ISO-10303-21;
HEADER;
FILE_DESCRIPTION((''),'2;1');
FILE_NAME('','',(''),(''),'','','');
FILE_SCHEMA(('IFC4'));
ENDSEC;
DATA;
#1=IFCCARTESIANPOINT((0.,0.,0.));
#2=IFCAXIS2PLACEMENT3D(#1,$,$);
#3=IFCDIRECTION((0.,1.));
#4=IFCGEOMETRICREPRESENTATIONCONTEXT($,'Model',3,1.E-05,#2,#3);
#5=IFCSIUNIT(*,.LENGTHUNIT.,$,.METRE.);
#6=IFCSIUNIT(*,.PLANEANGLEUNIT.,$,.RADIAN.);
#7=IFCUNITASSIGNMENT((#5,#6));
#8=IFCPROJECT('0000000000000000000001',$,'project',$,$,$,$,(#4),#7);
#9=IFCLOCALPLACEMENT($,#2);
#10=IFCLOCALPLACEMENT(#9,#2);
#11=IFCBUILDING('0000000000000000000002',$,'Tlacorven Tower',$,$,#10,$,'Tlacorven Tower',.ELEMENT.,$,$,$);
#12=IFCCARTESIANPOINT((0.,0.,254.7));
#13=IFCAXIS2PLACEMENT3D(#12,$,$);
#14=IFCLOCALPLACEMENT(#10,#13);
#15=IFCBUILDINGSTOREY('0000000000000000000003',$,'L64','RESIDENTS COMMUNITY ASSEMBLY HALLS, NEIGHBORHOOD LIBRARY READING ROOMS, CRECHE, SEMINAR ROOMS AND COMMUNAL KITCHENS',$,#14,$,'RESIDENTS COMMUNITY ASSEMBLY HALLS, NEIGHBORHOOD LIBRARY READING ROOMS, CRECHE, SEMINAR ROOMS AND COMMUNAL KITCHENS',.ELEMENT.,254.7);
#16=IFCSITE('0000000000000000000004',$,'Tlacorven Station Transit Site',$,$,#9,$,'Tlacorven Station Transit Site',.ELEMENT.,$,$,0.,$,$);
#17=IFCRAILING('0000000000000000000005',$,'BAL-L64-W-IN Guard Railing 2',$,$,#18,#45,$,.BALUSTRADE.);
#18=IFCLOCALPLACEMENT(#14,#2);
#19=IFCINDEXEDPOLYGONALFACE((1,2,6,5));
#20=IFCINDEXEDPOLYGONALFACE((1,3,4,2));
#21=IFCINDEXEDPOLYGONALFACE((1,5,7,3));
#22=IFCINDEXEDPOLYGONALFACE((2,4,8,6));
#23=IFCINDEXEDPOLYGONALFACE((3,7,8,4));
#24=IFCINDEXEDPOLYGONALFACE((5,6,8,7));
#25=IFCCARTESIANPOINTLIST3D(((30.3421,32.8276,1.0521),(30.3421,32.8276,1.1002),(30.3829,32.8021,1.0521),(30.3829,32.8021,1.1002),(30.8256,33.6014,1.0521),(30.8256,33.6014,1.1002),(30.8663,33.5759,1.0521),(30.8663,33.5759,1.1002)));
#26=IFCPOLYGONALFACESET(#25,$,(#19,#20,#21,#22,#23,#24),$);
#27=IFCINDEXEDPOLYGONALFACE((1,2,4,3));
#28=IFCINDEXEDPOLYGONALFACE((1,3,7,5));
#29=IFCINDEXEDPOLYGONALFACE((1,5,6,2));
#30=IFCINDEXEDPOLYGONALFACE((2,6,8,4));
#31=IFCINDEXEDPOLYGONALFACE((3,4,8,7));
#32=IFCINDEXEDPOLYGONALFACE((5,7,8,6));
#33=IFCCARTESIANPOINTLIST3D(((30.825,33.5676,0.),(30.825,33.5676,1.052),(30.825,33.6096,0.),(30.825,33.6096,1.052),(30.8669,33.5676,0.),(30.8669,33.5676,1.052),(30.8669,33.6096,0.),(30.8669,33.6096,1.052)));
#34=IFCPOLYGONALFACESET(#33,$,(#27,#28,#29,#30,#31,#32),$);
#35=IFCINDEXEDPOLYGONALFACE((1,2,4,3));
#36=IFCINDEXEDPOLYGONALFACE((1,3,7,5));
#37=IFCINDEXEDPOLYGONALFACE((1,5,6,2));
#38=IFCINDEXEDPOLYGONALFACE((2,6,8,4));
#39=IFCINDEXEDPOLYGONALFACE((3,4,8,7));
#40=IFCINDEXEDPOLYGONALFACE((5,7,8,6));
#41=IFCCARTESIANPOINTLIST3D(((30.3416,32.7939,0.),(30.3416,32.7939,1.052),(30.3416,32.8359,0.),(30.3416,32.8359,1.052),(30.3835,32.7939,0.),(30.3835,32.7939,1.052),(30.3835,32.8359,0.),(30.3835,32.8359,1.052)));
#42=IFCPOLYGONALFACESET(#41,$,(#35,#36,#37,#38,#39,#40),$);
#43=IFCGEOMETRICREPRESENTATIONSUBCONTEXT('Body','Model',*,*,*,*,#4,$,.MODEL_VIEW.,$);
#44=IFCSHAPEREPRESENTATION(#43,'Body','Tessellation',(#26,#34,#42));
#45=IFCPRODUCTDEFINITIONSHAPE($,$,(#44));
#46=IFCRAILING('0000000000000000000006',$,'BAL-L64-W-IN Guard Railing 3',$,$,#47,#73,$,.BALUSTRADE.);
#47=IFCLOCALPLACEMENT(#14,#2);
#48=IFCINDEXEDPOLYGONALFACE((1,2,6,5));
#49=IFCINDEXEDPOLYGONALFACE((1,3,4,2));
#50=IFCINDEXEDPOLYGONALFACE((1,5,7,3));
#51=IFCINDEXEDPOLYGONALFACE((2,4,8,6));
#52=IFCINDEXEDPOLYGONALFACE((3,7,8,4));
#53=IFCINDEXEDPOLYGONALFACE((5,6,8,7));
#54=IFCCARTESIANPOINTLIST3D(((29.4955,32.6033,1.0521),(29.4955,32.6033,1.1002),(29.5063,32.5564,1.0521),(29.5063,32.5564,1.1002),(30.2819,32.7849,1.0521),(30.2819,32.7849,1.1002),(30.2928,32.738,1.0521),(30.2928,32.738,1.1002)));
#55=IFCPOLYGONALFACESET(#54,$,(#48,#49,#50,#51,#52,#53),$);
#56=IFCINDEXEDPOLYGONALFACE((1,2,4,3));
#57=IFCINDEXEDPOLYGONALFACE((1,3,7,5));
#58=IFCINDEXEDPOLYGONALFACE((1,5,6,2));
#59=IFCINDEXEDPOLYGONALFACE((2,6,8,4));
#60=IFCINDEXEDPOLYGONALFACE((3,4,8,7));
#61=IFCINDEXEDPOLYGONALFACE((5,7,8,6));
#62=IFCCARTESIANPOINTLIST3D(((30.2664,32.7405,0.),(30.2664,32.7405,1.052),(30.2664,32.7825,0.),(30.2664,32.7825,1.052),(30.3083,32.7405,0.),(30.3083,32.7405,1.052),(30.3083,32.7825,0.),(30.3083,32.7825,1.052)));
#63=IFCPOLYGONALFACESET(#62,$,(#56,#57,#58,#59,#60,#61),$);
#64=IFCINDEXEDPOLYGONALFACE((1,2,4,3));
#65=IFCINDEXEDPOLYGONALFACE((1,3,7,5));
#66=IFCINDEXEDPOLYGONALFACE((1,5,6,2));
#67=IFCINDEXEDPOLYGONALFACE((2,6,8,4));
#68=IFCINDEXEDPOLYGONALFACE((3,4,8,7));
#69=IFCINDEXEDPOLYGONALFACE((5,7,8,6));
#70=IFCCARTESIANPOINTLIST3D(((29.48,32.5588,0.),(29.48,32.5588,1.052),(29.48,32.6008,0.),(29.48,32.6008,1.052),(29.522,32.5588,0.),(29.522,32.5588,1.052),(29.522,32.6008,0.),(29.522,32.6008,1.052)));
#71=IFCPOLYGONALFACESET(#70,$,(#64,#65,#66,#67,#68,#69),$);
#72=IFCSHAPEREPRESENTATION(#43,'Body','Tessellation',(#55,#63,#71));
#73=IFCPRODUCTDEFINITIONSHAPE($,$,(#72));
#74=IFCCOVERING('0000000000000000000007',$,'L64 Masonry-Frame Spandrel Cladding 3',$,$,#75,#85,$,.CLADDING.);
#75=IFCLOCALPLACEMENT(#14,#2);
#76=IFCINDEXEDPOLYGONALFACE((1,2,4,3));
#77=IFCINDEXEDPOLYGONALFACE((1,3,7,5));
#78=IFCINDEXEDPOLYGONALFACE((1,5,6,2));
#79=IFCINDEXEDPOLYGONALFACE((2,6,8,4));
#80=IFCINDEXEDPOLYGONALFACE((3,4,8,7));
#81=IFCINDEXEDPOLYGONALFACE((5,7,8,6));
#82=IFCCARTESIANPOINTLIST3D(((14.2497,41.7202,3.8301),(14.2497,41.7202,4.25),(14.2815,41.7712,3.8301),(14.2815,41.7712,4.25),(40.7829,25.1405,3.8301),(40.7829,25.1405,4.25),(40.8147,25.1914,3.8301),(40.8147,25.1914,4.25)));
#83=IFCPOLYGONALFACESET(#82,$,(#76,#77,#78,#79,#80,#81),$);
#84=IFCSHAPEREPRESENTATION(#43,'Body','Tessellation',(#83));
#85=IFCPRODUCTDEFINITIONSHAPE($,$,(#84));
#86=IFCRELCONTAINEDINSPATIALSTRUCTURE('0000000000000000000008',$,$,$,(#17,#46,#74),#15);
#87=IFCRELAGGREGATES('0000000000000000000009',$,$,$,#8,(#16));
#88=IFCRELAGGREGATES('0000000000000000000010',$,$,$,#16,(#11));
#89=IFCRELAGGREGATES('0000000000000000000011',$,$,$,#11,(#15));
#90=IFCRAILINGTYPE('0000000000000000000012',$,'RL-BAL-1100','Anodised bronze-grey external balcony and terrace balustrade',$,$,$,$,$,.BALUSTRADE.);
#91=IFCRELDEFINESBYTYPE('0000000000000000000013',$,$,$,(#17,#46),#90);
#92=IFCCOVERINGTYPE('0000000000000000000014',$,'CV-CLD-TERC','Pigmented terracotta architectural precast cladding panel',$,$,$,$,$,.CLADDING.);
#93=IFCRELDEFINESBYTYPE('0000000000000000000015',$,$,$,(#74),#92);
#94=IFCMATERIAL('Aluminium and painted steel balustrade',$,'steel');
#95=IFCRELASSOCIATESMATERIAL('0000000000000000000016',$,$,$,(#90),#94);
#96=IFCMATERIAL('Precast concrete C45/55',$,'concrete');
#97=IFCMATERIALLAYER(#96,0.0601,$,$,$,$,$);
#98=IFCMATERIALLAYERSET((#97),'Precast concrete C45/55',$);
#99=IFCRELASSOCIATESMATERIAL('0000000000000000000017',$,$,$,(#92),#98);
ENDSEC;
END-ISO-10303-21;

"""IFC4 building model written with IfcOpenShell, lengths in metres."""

from ifc_helpers import new_model, si_unit, direction, frame, origin, origin_2d, place, context, subcontext, project, spatial, rectangle, extrude, source, transform, mapped, material, layer, layer_set, type_object, element, save


model = new_model("IFC4")

# Units and contexts
model_context = context("Model", 3, precision=1e-05, world=origin(), true_north=direction((0.0, 1.0)))
body_context = subcontext(model_context, "Body", "Model", "MODEL_VIEW")
ifc_project = project(units=[si_unit("LENGTHUNIT", "METRE"), si_unit("PLANEANGLEUNIT", "RADIAN")], contexts=[model_context])

# Site, building, storey
site_placement = place(None, origin())
site = spatial("IfcSite", under=ifc_project, at=site_placement, Name="Tlacorven Station Transit Site", LongName="Tlacorven Station Transit Site", CompositionType="ELEMENT", RefElevation=0.0)
building_placement = place(site_placement, origin())
building = spatial("IfcBuilding", under=site, at=building_placement, Name="Tlacorven Tower", LongName="Tlacorven Tower", CompositionType="ELEMENT")
storey_placement = place(building_placement, frame((0.0, 0.0, 254.7)))
storey = spatial("IfcBuildingStorey", under=building, at=storey_placement, Name="L64", Description="RESIDENTS COMMUNITY ASSEMBLY HALLS, NEIGHBORHOOD LIBRARY READING ROOMS, CRECHE, SEMINAR ROOMS AND COMMUNAL KITCHENS", LongName="RESIDENTS COMMUNITY ASSEMBLY HALLS, NEIGHBORHOOD LIBRARY READING ROOMS, CRECHE, SEMINAR ROOMS AND COMMUNAL KITCHENS", CompositionType="ELEMENT", Elevation=254.7)

# Railings
ifc_material_1 = material(Name="Aluminium and painted steel balustrade", Category="steel")
railing_type = type_object("IfcRailingType", Name="RL-BAL-1100", Description="Anodised bronze-grey external balcony and terrace balustrade", PredefinedType="BALUSTRADE", material=ifc_material_1)
shared_shape_1 = source(origin(), body_context, "Body", "SweptSolid", [
    extrude(rectangle(XDim=0.0481, YDim=0.0481, at=origin_2d()), frame((0.0, 0.0, 1.0762), z_axis=(-0.529879, -0.848073, 0.0), x_axis=(0.848073, -0.529879, 0.0)), (0.0, 0.0, 1.0), 0.9124),
    extrude(rectangle(XDim=0.042, YDim=0.042, at=origin_2d()), origin(), (0.0, 0.0, 1.0), 1.052),
    extrude(rectangle(XDim=0.042, YDim=0.042, at=origin_2d()), frame((-0.4834, -0.7737, 0.0)), (0.0, 0.0, 1.0), 1.052),
])
railing_1_placement = place(storey_placement, frame((30.8459, 33.5886, 0.0)))
element("IfcRailing", 1, at=railing_1_placement, inside=storey, type_object=railing_type, Name="BAL-L64-W-IN Guard Railing 2", PredefinedType="BALUSTRADE", context=body_context, shape_type="MappedRepresentation", body=[
    mapped(shared_shape_1, transform((0.0, 0.0, 0.0), scale=1.0)),
])
shared_shape_2 = source(origin(), body_context, "Body", "SweptSolid", [
    extrude(rectangle(XDim=0.0481, YDim=0.0481, at=origin_2d()), frame((0.0, 0.0, 1.0762), z_axis=(-0.974345, -0.225058, 0.0), x_axis=(0.225058, -0.974345, 0.0)), (0.0, 0.0, 1.0), 0.8071),
    extrude(rectangle(XDim=0.042, YDim=0.042, at=origin_2d()), origin(), (0.0, 0.0, 1.0), 1.052),
    extrude(rectangle(XDim=0.042, YDim=0.042, at=origin_2d()), frame((-0.7864, -0.1816, 0.0)), (0.0, 0.0, 1.0), 1.052),
])
railing_2_placement = place(storey_placement, frame((30.2874, 32.7615, 0.0)))
element("IfcRailing", 2, at=railing_2_placement, inside=storey, type_object=railing_type, Name="BAL-L64-W-IN Guard Railing 3", PredefinedType="BALUSTRADE", context=body_context, shape_type="MappedRepresentation", body=[
    mapped(shared_shape_2, transform((0.0, 0.0, 0.0), scale=1.0)),
])

# Covering
ifc_material_2 = material(Name="Precast concrete C45/55", Category="concrete")
ifc_layer_1 = layer(ifc_material_2, 0.0601)
ifc_layer_set_1 = layer_set([ifc_layer_1], Name="Precast concrete C45/55")
covering_type = type_object("IfcCoveringType", Name="CV-CLD-TERC", Description="Pigmented terracotta architectural precast cladding panel", PredefinedType="CLADDING", material=ifc_layer_set_1)
shared_shape_3 = source(origin(), body_context, "Body", "SweptSolid", [
    extrude(rectangle(XDim=31.2874, YDim=0.0601, at=origin_2d()), origin(), (0.0, 0.0, 1.0), 0.4199),
])
covering_placement = place(storey_placement, frame((27.5322, 33.4558, 3.8301), z_axis=(0.0, 0.0, 1.0), x_axis=(0.848048, -0.529919, 0.0)))
element("IfcCovering", 3, at=covering_placement, inside=storey, type_object=covering_type, Name="L64 Masonry-Frame Spandrel Cladding 3", PredefinedType="CLADDING", context=body_context, shape_type="MappedRepresentation", body=[
    mapped(shared_shape_3, transform((0.0, 0.0, 0.0), scale=1.0)),
])

save(model, "model.ifc")
